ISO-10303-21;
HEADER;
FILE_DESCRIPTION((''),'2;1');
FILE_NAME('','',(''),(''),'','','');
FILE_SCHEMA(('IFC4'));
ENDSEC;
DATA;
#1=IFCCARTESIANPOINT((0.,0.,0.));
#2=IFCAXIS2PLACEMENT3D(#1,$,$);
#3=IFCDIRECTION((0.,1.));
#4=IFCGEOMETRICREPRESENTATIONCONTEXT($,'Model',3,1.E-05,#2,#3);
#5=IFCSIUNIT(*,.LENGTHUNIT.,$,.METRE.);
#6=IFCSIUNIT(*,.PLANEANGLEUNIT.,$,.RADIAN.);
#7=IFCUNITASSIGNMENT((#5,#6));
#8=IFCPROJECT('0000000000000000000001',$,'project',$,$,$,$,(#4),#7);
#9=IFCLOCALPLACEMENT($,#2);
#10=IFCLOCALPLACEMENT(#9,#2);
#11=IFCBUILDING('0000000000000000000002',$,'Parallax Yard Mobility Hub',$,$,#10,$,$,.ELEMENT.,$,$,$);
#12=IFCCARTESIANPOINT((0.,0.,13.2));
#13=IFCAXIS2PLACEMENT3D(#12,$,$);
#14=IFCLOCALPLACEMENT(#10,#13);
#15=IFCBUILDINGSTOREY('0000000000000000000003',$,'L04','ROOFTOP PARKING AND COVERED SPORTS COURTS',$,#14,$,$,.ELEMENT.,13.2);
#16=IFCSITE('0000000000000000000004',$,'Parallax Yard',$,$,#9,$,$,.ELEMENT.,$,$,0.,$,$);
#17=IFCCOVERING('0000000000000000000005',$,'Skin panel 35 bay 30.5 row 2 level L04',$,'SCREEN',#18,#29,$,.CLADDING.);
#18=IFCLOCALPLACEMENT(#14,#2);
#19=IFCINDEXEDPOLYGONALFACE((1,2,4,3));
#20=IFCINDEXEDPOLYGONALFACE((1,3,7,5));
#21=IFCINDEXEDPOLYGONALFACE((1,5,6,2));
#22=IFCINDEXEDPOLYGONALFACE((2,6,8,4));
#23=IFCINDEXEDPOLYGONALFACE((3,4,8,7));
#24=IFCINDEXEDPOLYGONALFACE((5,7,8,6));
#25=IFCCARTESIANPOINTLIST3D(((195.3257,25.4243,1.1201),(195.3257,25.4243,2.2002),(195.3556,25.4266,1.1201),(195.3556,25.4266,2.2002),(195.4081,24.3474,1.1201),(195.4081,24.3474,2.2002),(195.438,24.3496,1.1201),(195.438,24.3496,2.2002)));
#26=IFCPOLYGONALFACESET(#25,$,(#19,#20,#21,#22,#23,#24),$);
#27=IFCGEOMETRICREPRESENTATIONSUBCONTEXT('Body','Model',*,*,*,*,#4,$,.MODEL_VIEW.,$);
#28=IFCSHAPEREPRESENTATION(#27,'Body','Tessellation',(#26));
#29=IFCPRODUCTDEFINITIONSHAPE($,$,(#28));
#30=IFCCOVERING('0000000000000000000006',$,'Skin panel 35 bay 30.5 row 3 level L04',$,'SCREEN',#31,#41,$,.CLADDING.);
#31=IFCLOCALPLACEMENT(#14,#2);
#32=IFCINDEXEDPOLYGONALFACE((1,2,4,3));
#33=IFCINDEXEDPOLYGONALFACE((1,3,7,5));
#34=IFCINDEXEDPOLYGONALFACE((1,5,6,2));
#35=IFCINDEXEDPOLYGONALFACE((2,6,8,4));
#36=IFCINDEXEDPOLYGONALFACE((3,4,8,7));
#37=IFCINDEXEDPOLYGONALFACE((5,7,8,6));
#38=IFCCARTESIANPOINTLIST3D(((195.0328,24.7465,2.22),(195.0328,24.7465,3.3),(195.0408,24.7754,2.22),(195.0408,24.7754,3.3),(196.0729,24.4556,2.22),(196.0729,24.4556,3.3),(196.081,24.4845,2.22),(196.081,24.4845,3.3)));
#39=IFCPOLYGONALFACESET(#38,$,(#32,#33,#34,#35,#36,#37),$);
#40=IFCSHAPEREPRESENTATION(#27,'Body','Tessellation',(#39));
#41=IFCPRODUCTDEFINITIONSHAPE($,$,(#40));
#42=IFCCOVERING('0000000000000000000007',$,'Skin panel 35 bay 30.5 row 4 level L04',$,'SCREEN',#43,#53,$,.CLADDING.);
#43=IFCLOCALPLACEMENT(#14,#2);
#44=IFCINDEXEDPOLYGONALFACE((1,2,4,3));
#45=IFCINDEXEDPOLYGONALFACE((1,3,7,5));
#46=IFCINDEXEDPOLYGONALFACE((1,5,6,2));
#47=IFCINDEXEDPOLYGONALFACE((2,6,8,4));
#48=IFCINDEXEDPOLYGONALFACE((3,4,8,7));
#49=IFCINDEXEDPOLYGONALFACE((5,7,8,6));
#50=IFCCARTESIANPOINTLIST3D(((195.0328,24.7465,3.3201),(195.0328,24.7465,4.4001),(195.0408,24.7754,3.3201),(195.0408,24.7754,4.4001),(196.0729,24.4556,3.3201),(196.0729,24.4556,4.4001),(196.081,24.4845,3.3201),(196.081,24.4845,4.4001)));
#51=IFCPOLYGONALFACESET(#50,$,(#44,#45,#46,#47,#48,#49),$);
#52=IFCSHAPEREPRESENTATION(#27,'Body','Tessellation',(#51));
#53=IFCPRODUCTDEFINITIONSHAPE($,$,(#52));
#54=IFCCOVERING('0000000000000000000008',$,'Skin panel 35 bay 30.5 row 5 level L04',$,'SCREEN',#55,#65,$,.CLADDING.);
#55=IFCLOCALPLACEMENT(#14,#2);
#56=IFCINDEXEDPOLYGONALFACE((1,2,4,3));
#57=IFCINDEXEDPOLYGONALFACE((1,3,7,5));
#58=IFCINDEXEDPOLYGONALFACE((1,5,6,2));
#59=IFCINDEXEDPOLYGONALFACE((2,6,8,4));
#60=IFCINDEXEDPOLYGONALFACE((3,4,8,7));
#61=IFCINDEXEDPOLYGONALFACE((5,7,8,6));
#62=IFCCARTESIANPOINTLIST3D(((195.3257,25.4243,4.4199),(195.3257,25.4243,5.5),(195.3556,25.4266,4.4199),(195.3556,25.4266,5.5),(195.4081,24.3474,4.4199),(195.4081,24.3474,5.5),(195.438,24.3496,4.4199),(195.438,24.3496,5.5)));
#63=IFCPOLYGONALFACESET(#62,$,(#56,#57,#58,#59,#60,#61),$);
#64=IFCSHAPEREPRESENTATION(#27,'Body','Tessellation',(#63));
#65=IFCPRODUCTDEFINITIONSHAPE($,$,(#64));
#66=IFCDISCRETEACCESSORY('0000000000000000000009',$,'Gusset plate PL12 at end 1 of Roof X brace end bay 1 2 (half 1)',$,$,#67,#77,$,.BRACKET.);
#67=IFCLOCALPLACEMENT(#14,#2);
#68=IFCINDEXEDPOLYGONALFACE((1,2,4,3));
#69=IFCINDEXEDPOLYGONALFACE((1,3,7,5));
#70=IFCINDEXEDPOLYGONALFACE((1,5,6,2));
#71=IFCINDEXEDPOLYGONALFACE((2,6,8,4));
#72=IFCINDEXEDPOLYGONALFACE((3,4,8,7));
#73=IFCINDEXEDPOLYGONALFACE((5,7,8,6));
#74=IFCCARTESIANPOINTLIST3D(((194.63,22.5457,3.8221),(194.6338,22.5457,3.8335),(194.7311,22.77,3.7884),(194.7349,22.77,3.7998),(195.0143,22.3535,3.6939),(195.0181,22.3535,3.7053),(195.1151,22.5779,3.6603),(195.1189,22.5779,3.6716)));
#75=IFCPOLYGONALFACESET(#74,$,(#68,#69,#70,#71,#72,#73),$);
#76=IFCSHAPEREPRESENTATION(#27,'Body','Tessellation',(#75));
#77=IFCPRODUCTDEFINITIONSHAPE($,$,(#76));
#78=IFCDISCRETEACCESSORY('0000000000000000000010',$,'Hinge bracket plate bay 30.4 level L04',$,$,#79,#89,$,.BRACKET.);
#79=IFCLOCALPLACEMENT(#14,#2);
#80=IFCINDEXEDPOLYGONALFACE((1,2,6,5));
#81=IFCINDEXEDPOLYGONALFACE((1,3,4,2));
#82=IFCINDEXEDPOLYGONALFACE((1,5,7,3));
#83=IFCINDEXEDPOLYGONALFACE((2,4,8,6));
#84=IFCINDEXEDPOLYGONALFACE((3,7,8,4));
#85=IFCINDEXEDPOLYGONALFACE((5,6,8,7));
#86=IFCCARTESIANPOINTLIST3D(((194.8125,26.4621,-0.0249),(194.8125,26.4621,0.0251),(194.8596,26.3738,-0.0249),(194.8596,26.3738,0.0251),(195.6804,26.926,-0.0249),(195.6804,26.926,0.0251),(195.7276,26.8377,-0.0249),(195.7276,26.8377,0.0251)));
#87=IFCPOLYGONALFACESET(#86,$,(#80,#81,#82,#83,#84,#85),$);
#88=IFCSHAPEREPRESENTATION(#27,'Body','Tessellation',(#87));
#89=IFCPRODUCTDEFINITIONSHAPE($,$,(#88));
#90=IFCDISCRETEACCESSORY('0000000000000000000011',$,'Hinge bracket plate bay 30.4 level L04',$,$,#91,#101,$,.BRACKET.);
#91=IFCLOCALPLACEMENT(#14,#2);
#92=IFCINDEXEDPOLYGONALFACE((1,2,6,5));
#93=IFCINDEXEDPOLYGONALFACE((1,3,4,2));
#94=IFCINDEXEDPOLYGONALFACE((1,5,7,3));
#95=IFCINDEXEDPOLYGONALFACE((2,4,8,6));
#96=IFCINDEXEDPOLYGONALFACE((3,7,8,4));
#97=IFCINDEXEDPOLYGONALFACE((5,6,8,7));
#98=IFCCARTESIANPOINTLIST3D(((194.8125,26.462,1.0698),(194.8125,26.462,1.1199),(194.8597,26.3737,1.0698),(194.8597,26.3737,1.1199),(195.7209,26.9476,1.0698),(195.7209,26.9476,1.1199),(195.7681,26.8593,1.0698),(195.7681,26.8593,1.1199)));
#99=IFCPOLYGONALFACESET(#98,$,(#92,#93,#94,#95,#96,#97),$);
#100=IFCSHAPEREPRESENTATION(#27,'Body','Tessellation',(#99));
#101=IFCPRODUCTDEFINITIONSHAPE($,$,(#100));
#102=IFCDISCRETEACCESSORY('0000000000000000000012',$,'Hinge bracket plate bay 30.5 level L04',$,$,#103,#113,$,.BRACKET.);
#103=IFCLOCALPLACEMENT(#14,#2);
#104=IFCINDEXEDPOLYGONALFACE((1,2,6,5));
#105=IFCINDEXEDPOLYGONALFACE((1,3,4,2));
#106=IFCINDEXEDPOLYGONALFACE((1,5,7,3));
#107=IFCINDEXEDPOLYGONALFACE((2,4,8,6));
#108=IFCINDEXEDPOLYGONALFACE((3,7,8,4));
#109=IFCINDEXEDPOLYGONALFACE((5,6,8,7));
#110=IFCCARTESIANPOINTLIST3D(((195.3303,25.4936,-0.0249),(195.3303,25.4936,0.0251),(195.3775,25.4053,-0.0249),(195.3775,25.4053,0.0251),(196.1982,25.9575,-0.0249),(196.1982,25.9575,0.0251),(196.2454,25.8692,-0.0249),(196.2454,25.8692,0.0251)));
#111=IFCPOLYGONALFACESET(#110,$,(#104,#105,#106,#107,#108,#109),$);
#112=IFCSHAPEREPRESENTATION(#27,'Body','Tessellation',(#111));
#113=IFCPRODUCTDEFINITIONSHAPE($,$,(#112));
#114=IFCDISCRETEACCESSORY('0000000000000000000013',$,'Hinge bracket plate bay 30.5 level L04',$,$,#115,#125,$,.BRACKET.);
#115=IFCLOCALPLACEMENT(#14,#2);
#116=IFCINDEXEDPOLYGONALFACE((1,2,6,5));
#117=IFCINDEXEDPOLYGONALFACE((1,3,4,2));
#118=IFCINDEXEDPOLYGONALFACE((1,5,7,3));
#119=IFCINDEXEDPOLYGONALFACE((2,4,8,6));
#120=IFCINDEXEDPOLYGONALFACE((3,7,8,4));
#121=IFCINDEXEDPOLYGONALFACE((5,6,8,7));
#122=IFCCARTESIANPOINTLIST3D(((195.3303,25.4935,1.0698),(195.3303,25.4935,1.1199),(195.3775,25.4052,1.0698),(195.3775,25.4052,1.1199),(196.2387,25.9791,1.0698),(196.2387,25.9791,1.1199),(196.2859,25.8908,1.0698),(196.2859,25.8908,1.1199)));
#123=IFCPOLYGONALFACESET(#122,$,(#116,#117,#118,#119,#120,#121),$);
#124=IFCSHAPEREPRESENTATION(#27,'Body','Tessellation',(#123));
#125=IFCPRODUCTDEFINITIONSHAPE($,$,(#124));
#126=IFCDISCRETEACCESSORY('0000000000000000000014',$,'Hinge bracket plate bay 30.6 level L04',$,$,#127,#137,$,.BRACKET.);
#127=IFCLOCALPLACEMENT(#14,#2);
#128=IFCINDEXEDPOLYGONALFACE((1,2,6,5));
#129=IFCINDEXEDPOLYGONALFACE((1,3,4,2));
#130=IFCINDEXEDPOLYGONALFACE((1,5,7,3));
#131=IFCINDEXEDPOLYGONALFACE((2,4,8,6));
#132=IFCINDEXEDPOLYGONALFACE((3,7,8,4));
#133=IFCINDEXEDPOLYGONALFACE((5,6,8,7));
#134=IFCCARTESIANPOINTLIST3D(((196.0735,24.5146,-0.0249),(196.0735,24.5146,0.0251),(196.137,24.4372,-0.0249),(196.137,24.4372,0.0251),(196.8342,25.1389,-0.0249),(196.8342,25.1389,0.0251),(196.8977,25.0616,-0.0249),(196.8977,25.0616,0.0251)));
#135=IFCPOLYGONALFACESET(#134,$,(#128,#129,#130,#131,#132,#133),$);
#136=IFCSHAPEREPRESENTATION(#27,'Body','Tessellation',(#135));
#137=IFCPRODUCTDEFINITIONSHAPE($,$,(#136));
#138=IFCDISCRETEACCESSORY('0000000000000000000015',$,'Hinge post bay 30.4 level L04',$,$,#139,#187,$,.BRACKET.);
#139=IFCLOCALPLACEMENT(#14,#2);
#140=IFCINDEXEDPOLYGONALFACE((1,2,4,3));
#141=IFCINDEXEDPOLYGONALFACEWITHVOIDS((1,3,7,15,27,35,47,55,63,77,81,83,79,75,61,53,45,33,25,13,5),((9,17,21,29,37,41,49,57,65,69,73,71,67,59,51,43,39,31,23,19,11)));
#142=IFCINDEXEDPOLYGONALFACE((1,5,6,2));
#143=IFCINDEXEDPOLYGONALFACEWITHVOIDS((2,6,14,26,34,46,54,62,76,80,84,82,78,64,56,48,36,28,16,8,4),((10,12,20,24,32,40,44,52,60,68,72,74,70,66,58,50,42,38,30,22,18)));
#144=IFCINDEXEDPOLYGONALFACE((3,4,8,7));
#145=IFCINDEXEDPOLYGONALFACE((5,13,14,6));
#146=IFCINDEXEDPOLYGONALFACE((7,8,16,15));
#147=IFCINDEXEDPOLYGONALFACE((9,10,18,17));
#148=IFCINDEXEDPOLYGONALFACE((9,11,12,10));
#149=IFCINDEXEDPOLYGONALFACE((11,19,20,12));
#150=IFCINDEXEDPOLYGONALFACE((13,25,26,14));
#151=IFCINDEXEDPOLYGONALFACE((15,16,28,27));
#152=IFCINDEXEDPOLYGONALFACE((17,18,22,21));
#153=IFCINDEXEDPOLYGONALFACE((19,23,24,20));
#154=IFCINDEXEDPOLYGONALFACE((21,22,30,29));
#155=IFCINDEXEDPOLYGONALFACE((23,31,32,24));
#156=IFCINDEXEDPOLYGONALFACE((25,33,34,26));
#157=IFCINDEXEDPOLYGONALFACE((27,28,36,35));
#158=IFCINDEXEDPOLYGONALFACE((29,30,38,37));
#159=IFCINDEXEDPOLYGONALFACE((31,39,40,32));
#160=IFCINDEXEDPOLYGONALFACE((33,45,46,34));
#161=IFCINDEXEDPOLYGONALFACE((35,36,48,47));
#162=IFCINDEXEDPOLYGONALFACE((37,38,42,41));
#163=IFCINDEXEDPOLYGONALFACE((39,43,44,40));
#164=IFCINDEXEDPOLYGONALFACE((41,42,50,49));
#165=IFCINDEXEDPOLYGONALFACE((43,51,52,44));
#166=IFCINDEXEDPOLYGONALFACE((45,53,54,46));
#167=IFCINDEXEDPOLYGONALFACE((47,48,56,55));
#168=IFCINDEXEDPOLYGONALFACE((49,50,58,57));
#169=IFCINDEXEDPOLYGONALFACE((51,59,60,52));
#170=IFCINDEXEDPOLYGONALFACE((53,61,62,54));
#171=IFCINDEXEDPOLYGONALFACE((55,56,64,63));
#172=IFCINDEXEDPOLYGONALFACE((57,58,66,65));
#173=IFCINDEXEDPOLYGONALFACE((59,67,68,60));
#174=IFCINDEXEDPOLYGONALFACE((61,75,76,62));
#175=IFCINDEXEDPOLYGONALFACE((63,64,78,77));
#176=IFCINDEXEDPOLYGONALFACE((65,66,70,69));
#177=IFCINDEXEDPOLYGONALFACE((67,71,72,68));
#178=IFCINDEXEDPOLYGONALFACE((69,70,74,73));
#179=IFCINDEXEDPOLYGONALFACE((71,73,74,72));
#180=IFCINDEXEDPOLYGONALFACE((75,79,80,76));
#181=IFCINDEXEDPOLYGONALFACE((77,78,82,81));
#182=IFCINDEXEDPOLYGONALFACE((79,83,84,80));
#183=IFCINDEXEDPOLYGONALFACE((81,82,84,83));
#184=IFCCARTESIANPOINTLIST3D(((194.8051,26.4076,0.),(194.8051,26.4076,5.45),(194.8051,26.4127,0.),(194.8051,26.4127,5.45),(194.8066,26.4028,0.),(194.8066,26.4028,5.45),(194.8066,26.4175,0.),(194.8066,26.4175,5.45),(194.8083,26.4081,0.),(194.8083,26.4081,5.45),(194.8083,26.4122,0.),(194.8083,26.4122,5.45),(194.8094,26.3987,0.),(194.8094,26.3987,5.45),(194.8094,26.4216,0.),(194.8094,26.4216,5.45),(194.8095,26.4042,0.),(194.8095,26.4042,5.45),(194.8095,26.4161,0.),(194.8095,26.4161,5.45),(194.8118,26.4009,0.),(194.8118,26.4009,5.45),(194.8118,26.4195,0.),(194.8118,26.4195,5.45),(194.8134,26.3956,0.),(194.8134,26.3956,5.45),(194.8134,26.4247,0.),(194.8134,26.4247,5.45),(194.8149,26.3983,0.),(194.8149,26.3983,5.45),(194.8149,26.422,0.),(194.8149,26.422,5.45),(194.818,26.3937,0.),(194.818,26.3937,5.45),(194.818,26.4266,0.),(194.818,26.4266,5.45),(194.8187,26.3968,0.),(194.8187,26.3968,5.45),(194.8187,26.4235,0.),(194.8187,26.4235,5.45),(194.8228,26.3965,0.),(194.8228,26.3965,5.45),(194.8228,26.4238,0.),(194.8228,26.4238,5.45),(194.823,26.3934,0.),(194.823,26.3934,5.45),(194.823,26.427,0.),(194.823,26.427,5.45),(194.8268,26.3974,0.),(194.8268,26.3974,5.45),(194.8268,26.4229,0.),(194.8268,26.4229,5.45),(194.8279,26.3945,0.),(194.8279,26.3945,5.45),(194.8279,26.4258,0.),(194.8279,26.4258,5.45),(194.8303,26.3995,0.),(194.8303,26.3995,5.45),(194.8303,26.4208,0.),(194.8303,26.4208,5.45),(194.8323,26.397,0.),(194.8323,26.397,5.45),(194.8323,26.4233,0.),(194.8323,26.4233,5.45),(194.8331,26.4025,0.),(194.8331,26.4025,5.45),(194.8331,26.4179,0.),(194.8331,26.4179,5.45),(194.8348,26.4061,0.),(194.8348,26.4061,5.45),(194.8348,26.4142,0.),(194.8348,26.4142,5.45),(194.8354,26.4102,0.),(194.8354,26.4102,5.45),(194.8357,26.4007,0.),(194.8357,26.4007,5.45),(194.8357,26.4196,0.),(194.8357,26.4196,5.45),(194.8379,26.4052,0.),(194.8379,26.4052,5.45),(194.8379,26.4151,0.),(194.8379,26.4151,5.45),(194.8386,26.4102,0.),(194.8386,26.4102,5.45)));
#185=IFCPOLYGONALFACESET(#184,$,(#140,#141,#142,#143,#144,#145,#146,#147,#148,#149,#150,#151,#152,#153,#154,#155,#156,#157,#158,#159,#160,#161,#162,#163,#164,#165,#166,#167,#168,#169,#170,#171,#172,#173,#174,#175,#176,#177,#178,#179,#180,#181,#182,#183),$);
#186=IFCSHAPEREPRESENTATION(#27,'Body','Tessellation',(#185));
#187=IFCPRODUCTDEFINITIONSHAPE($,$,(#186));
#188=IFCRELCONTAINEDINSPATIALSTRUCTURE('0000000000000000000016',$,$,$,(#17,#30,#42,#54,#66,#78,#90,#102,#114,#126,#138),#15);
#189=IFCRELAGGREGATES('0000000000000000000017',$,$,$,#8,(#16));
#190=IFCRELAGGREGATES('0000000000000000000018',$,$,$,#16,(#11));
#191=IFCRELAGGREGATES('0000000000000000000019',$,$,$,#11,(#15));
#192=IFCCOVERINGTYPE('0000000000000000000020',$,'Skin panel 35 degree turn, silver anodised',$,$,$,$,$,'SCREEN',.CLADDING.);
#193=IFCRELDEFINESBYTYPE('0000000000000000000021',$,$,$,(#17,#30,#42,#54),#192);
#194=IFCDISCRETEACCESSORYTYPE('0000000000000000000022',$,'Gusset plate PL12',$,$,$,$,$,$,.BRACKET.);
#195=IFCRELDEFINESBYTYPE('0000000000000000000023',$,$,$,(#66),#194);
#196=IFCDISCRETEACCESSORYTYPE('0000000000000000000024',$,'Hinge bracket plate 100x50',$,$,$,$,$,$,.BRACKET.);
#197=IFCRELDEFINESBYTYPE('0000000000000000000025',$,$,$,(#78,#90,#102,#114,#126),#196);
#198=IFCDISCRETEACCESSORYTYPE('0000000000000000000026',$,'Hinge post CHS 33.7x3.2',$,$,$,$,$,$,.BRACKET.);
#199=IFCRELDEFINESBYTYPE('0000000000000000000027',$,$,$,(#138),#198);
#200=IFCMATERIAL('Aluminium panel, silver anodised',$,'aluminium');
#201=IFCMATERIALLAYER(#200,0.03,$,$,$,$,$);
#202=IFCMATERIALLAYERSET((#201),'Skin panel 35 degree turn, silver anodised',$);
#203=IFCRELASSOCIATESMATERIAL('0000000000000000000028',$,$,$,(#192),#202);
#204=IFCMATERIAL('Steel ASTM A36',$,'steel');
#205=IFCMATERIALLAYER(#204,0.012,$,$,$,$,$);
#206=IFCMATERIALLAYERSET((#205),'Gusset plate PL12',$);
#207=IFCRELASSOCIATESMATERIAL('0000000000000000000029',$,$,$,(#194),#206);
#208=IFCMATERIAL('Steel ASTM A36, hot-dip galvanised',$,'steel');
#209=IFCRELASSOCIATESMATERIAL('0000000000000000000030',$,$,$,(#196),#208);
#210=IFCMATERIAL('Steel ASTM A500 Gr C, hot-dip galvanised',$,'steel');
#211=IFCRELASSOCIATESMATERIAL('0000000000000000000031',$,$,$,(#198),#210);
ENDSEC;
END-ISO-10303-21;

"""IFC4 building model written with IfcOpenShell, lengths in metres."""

from ifc_helpers import new_model, si_unit, direction, frame, origin, origin_2d, place, context, subcontext, project, spatial, polyline, rectangle, hollow_circle, outline, extrude, material, layer, layer_set, material_profile, profile_set, type_object, element, save


model = new_model("IFC4")

# Units and contexts
model_context = context("Model", 3, precision=1e-05, world=origin(), true_north=direction((0.0, 1.0)))
body_context = subcontext(model_context, "Body", "Model", "MODEL_VIEW")
ifc_project = project(units=[si_unit("LENGTHUNIT", "METRE"), si_unit("PLANEANGLEUNIT", "RADIAN")], contexts=[model_context])

# Site, building, storey
site_placement = place(None, origin())
site = spatial("IfcSite", under=ifc_project, at=site_placement, Name="Parallax Yard", CompositionType="ELEMENT", RefElevation=0.0)
building_placement = place(site_placement, origin())
building = spatial("IfcBuilding", under=site, at=building_placement, Name="Parallax Yard Mobility Hub", CompositionType="ELEMENT")
storey_placement = place(building_placement, frame((0.0, 0.0, 13.2)))
storey = spatial("IfcBuildingStorey", under=building, at=storey_placement, Name="L04", Description="ROOFTOP PARKING AND COVERED SPORTS COURTS", CompositionType="ELEMENT", Elevation=13.2)

# Shared definitions
ifc_material_1 = material(Name="Steel ASTM A36", Category="steel")

# Coverings
ifc_material_2 = material(Name="Aluminium panel, silver anodised", Category="aluminium")
ifc_layer_1 = layer(ifc_material_2, 0.03)
ifc_layer_set_1 = layer_set([ifc_layer_1], Name="Skin panel 35 degree turn, silver anodised")
covering_type_1 = type_object("IfcCoveringType", Name="Skin panel 35 degree turn, silver anodised", ElementType="SCREEN", PredefinedType="CLADDING", material=ifc_layer_set_1)
for number, where, z_axis, x_axis, name in (
    (1, (195.3818, 24.887, 1.1201), (0.0, 0.0, 1.0), (0.076284, -0.997086, 0.0), "Skin panel 35 bay 30.5 row 2 level L04"),
    (2, (195.5569, 24.6155, 2.22), (0.0, 0.0, 1.0), (-0.963045, 0.26934, 0.0), "Skin panel 35 bay 30.5 row 3 level L04"),
    (3, (195.5569, 24.6155, 3.3201), (0.0, 0.0, 1.0), (-0.963045, 0.26934, 0.0), "Skin panel 35 bay 30.5 row 4 level L04"),
    (4, (195.3818, 24.887, 4.4199), (0.0, 0.0, 1.0), (0.076284, -0.997086, 0.0), "Skin panel 35 bay 30.5 row 5 level L04"),
):
    element("IfcCovering", number, at=place(storey_placement, frame(where, z_axis=z_axis, x_axis=x_axis)), inside=storey, type_object=covering_type_1, Name=name, ObjectType="SCREEN", PredefinedType="CLADDING", context=body_context, shape_type="SweptSolid", body=[
        extrude(rectangle(XDim=1.0801, YDim=0.03, at=origin_2d()), origin(), (0.0, 0.0, 1.0), 1.0801),
    ])

# Discrete accessories
ifc_layer_2 = layer(ifc_material_1, 0.012)
ifc_layer_set_2 = layer_set([ifc_layer_2], Name="Gusset plate PL12")
discrete_accessory_type_1 = type_object("IfcDiscreteAccessoryType", Name="Gusset plate PL12", PredefinedType="BRACKET", material=ifc_layer_set_2)
discrete_accessory_1_placement = place(storey_placement, frame((194.6338, 22.5457, 3.8335), z_axis=(0.316512, 0.00003, 0.948588), x_axis=(0.857071, -0.428549, -0.285963)))
element("IfcDiscreteAccessory", 5, at=discrete_accessory_1_placement, inside=storey, type_object=discrete_accessory_type_1, Name="Gusset plate PL12 at end 1 of Roof X brace end bay 1 2 (half 1)", PredefinedType="BRACKET", context=body_context, shape_type="SweptSolid", body=[
    extrude(outline(polyline([(0.0, 0.0), (0.4483, 0.0), (0.4482, 0.2483), (0.0001, 0.2484), (0.0, 0.0)])), origin(), (0.0, 0.0, -1.0), 0.012),
])
ifc_material_3 = material(Name="Steel ASTM A36, hot-dip galvanised", Category="steel")
discrete_accessory_type_2 = type_object("IfcDiscreteAccessoryType", Name="Hinge bracket plate 100x50", PredefinedType="BRACKET", material=ifc_material_3)
discrete_accessory_2_placement = place(storey_placement, frame((195.27, 26.6499, -0.0249), z_axis=(0.0, 0.0, 1.0), x_axis=(-0.881921, -0.471397, 0.0)))
element("IfcDiscreteAccessory", 6, at=discrete_accessory_2_placement, inside=storey, type_object=discrete_accessory_type_2, Name="Hinge bracket plate bay 30.4 level L04", PredefinedType="BRACKET", context=body_context, shape_type="SweptSolid", body=[
    extrude(rectangle(XDim=0.9841, YDim=0.1001, at=origin_2d()), origin(), (0.0, 0.0, 1.0), 0.05),
])
discrete_accessory_3_placement = place(storey_placement, frame((195.2903, 26.6606, 1.0698), z_axis=(0.0, 0.0, 1.0), x_axis=(-0.881921, -0.471397, 0.0)))
element("IfcDiscreteAccessory", 7, at=discrete_accessory_3_placement, inside=storey, type_object=discrete_accessory_type_2, Name="Hinge bracket plate bay 30.4 level L04", PredefinedType="BRACKET", context=body_context, shape_type="SweptSolid", body=[
    extrude(rectangle(XDim=1.03, YDim=0.1001, at=origin_2d()), origin(), (0.0, 0.0, 1.0), 0.05),
])
discrete_accessory_4_placement = place(storey_placement, frame((195.7878, 25.6814, -0.0249), z_axis=(0.0, 0.0, 1.0), x_axis=(-0.881921, -0.471397, 0.0)))
element("IfcDiscreteAccessory", 8, at=discrete_accessory_4_placement, inside=storey, type_object=discrete_accessory_type_2, Name="Hinge bracket plate bay 30.5 level L04", PredefinedType="BRACKET", context=body_context, shape_type="SweptSolid", body=[
    extrude(rectangle(XDim=0.9841, YDim=0.1001, at=origin_2d()), origin(), (0.0, 0.0, 1.0), 0.05),
])
discrete_accessory_5_placement = place(storey_placement, frame((195.8081, 25.6921, 1.0698), z_axis=(0.0, 0.0, 1.0), x_axis=(-0.881921, -0.471397, 0.0)))
element("IfcDiscreteAccessory", 9, at=discrete_accessory_5_placement, inside=storey, type_object=discrete_accessory_type_2, Name="Hinge bracket plate bay 30.5 level L04", PredefinedType="BRACKET", context=body_context, shape_type="SweptSolid", body=[
    extrude(rectangle(XDim=1.03, YDim=0.1001, at=origin_2d()), origin(), (0.0, 0.0, 1.0), 0.05),
])
discrete_accessory_6_placement = place(storey_placement, frame((196.4856, 24.7881, -0.0249), z_axis=(0.0, 0.0, 1.0), x_axis=(-0.77301, -0.634393, 0.0)))
element("IfcDiscreteAccessory", 10, at=discrete_accessory_6_placement, inside=storey, type_object=discrete_accessory_type_2, Name="Hinge bracket plate bay 30.6 level L04", PredefinedType="BRACKET", context=body_context, shape_type="SweptSolid", body=[
    extrude(rectangle(XDim=0.9841, YDim=0.1001, at=origin_2d()), origin(), (0.0, 0.0, 1.0), 0.05),
])
ifc_material_4 = material(Name="Steel ASTM A500 Gr C, hot-dip galvanised", Category="steel")
ifc_material_profile_1 = material_profile(ifc_material_4, hollow_circle(Radius=0.0168, WallThickness=0.0032, at=origin_2d()), Name="CHS 33.7x3.2")
ifc_profile_set_1 = profile_set([ifc_material_profile_1], Name="Steel ASTM A500 Gr C, hot-dip galvanised")
discrete_accessory_type_3 = type_object("IfcDiscreteAccessoryType", Name="Hinge post CHS 33.7x3.2", PredefinedType="BRACKET", material=ifc_profile_set_1)
for number, where, z_axis, x_axis, name in (
    (11, (194.8218, 26.4102, 0.0), (0.0, 0.0, 1.0), (1.0, 0.0, 0.0), "Hinge post bay 30.4 level L04"),
):
    element("IfcDiscreteAccessory", number, at=place(storey_placement, frame(where, z_axis=z_axis, x_axis=x_axis)), inside=storey, type_object=discrete_accessory_type_3, Name=name, PredefinedType="BRACKET", context=body_context, shape_type="SweptSolid", body=[
        extrude(hollow_circle(Radius=0.0168, WallThickness=0.0032, at=origin_2d()), origin(), (0.0, 0.0, 1.0), 5.45),
    ])

save(model, "model.ifc")
